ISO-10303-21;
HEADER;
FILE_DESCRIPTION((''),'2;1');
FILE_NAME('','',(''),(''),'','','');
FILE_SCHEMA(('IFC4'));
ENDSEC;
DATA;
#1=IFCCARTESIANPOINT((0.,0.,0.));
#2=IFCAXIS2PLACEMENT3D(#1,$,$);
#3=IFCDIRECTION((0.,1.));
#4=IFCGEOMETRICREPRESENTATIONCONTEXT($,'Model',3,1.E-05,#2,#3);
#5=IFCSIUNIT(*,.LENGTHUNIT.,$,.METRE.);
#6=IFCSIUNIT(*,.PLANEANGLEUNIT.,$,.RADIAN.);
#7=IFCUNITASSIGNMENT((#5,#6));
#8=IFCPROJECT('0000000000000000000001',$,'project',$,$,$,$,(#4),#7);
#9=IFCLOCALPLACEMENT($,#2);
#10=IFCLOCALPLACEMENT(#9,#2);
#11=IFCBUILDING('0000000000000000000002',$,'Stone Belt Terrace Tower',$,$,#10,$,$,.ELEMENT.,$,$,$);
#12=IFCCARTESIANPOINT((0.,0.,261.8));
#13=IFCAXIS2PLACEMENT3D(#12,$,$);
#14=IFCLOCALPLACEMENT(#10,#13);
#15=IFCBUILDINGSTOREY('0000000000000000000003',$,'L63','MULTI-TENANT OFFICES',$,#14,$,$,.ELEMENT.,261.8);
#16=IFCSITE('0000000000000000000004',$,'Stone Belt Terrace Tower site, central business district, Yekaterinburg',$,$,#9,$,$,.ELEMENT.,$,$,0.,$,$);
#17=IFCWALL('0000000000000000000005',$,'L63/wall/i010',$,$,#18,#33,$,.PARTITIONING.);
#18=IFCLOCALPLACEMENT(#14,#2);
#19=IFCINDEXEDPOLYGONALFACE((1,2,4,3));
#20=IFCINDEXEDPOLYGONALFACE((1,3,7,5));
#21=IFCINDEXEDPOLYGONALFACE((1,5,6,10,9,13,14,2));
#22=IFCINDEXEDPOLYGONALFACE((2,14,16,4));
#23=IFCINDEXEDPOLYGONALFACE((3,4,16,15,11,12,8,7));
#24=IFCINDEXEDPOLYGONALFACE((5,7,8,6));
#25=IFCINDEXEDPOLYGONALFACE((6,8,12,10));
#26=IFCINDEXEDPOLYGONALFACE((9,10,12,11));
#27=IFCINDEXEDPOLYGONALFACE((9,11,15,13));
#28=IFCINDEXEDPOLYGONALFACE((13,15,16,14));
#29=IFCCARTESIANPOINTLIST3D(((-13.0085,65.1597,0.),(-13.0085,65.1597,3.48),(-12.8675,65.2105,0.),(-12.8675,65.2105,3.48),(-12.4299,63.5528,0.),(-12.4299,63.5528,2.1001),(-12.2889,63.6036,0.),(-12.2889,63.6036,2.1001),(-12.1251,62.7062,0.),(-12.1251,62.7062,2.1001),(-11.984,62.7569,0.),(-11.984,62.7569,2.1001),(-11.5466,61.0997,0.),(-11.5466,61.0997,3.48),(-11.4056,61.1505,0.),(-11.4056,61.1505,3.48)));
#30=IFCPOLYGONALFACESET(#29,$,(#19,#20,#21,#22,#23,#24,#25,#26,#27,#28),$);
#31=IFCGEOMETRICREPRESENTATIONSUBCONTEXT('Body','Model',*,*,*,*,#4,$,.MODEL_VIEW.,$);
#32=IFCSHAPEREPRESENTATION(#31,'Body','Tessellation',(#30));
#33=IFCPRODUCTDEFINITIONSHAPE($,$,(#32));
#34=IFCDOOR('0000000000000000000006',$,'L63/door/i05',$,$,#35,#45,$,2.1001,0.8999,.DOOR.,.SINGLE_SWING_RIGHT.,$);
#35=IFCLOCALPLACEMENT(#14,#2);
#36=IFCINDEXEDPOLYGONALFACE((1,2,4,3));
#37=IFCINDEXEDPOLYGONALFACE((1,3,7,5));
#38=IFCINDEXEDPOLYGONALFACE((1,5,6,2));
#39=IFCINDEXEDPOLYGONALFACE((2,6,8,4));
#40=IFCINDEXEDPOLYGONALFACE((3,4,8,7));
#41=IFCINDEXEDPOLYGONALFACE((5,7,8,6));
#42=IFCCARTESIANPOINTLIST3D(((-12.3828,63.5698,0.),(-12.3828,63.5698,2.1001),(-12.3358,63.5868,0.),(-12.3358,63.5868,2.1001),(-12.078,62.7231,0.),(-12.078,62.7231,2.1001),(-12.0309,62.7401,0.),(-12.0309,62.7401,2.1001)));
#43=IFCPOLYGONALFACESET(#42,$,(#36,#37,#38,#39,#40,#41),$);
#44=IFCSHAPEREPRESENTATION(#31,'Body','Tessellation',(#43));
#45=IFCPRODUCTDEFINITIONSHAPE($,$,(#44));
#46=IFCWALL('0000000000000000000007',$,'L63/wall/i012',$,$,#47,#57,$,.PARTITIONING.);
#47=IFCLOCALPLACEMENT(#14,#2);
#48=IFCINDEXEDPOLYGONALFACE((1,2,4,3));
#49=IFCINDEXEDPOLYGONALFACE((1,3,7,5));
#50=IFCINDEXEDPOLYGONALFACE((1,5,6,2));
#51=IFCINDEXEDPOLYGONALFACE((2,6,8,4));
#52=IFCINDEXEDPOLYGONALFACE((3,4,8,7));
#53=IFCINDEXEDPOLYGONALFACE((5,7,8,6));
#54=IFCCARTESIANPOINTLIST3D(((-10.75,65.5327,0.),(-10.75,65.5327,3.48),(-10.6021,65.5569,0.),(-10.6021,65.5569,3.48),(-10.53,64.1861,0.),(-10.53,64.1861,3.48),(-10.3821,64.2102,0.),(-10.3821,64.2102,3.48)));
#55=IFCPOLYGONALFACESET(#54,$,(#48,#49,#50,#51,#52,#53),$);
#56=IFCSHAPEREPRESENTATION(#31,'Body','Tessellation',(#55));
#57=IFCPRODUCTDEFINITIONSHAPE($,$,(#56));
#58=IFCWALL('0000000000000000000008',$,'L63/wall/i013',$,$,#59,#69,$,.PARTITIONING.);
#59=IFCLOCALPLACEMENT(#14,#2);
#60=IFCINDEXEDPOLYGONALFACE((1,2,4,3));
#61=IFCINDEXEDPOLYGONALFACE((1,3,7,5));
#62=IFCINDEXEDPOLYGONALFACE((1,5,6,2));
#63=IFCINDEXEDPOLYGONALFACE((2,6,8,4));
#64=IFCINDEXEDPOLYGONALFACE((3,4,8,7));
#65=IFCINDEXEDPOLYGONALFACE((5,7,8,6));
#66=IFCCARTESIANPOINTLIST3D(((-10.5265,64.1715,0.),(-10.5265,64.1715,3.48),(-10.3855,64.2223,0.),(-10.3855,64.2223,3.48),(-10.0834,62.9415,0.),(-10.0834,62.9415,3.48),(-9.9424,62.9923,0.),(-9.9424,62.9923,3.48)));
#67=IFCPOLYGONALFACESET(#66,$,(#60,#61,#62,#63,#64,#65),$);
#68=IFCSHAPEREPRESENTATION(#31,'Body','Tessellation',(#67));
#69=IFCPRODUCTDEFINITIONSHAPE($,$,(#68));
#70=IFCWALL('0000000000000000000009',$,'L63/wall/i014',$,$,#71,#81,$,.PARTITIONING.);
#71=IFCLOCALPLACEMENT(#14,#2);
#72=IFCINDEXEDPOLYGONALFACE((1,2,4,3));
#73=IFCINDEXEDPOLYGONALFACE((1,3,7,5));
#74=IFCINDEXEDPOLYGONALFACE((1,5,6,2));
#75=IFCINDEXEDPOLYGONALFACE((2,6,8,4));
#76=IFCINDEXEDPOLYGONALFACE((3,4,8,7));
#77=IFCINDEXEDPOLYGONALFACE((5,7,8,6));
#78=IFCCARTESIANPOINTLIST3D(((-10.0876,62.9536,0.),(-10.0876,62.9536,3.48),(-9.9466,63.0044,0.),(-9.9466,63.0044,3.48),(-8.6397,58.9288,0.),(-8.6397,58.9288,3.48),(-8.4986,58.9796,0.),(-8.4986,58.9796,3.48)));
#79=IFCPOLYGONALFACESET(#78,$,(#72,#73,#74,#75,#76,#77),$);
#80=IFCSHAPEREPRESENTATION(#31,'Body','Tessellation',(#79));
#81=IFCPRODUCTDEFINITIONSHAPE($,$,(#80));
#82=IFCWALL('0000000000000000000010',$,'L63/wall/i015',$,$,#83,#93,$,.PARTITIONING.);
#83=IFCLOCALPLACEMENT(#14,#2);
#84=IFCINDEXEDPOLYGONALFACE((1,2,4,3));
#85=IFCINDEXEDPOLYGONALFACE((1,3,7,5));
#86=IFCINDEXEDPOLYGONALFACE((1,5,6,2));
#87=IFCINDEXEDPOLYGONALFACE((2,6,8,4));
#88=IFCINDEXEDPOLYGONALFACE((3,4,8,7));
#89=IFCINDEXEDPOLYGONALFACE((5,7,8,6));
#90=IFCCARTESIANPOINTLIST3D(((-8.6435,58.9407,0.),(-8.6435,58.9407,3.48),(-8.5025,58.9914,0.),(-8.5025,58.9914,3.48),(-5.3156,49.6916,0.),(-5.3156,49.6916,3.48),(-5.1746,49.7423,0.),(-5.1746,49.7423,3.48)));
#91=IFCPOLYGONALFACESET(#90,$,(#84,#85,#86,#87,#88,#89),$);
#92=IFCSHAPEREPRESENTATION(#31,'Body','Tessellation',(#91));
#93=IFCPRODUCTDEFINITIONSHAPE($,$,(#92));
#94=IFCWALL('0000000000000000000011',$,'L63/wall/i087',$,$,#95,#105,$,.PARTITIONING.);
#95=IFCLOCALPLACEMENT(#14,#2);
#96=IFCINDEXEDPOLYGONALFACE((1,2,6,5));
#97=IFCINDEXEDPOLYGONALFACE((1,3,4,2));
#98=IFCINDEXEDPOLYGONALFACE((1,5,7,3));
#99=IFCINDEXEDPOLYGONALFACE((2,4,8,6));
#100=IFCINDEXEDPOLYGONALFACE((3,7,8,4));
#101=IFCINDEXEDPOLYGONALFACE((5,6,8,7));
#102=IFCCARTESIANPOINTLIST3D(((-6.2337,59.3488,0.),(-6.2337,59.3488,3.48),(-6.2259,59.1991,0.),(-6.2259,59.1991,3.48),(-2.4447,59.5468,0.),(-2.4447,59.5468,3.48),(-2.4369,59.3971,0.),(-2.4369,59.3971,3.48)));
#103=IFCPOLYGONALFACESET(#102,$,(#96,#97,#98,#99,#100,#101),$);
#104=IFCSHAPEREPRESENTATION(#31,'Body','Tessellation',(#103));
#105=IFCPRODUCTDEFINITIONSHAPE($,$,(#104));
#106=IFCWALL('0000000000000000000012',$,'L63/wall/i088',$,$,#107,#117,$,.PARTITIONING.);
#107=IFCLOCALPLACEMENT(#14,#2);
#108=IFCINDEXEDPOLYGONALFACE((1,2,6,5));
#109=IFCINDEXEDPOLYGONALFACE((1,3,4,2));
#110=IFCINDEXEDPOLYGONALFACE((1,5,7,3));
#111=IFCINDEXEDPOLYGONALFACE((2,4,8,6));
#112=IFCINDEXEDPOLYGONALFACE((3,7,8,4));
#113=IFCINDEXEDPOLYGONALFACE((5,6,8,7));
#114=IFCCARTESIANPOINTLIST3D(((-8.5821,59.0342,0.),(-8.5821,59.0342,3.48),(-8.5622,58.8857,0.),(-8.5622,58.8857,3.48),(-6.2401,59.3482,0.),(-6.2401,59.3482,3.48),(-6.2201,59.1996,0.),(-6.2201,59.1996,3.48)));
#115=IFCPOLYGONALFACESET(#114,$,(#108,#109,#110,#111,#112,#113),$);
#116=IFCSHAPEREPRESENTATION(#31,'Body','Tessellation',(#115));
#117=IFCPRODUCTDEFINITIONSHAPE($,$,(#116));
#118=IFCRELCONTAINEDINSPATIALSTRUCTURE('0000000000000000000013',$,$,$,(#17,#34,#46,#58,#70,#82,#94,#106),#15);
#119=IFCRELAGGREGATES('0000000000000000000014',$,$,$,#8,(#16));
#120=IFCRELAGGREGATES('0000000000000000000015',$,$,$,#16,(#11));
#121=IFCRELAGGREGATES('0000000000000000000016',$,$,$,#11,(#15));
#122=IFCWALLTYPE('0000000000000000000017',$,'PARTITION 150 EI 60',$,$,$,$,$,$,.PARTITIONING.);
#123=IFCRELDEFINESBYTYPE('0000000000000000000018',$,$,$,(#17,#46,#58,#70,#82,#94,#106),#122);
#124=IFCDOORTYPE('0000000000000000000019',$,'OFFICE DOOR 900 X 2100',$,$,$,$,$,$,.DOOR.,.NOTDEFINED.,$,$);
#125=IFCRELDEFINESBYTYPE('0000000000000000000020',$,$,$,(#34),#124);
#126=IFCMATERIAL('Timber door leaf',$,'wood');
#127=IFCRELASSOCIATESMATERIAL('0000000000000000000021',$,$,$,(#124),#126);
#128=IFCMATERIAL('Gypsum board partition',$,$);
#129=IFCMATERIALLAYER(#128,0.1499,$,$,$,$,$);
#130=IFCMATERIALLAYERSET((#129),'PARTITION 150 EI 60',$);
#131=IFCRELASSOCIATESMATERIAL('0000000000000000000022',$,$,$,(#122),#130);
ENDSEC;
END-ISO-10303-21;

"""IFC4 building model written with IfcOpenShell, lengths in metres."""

from ifc_helpers import new_model, si_unit, direction, frame, frame_2d, origin, place, context, subcontext, project, spatial, rectangle, extrude, material, layer, layer_set, type_object, element, fill, save


model = new_model("IFC4")

# Units and contexts
model_context = context("Model", 3, precision=1e-05, world=origin(), true_north=direction((0.0, 1.0)))
body_context = subcontext(model_context, "Body", "Model", "MODEL_VIEW")
ifc_project = project(units=[si_unit("LENGTHUNIT", "METRE"), si_unit("PLANEANGLEUNIT", "RADIAN")], contexts=[model_context])

# Site, building, storey
site_placement = place(None, origin())
site = spatial("IfcSite", under=ifc_project, at=site_placement, Name="Stone Belt Terrace Tower site, central business district, Yekaterinburg", CompositionType="ELEMENT", RefElevation=0.0)
building_placement = place(site_placement, origin())
building = spatial("IfcBuilding", under=site, at=building_placement, Name="Stone Belt Terrace Tower", CompositionType="ELEMENT")
storey_placement = place(building_placement, frame((0.0, 0.0, 261.8)))
storey = spatial("IfcBuildingStorey", under=building, at=storey_placement, Name="L63", Description="MULTI-TENANT OFFICES", CompositionType="ELEMENT", Elevation=261.8)

# Shared definitions
ifc_material_1 = material(Name="Gypsum board partition")
ifc_material_2 = material(Name="Timber door leaf", Category="wood")
door_type = type_object("IfcDoorType", Name="OFFICE DOOR 900 X 2100", OperationType="NOTDEFINED", PredefinedType="DOOR", material=ifc_material_2)

# Wall, opening, door
ifc_layer_1 = layer(ifc_material_1, 0.1499)
ifc_layer_set_1 = layer_set([ifc_layer_1], Name="PARTITION 150 EI 60")
wall_type_1 = type_object("IfcWallType", Name="PARTITION 150 EI 60", PredefinedType="PARTITIONING", material=ifc_layer_set_1)
wall_1_placement = place(storey_placement, frame((-11.4761, 61.125, 0.0), z_axis=(0.0, 0.0, 1.0), x_axis=(-0.33878, 0.940866, 0.0)))
wall_1 = element("IfcWall", 1, at=wall_1_placement, inside=storey, type_object=wall_type_1, Name="L63/wall/i010", PredefinedType="PARTITIONING", context=body_context, shape_type="SweptSolid", body=[
    extrude(rectangle(XDim=4.3152, YDim=0.1499, at=frame_2d((2.1577, 0.0))), origin(), (0.0, 0.0, 1.0), 3.48),
])
opening_1_placement = place(wall_1_placement, frame((1.7075, 0.0, 0.0)))
opening_1 = element("IfcOpeningElement", 2, at=opening_1_placement, cuts=wall_1, PredefinedType="OPENING", context=body_context, shape_type="SweptSolid", body=[
    extrude(rectangle(XDim=0.8999, YDim=2.1001, at=frame_2d((0.45, 1.05))), frame((0.0, 0.085, 0.0), z_axis=(0.0, -1.0, 0.0), x_axis=(1.0, 0.0, 0.0)), (0.0, 0.0, 1.0), 0.1699),
])
door_1_placement = place(opening_1_placement, origin())
door_1 = element("IfcDoor", 3, at=door_1_placement, inside=storey, type_object=door_type, Name="L63/door/i05", OperationType="SINGLE_SWING_RIGHT", OverallHeight=2.1001, OverallWidth=0.8999, PredefinedType="DOOR", context=body_context, shape_type="SweptSolid", body=[
    extrude(rectangle(XDim=0.8999, YDim=2.1001, at=frame_2d((0.45, 1.05))), frame((0.0, 0.0249, 0.0), z_axis=(0.0, -1.0, 0.0), x_axis=(1.0, 0.0, 0.0)), (0.0, 0.0, 1.0), 0.05),
])
fill(opening_1, door_1)

# Walls
wall_2_placement = place(storey_placement, frame((-10.676, 65.5447, 0.0), z_axis=(0.0, 0.0, 1.0), x_axis=(0.161207, -0.986921, 0.0)))
element("IfcWall", 4, at=wall_2_placement, inside=storey, type_object=wall_type_1, Name="L63/wall/i012", PredefinedType="PARTITIONING", context=body_context, shape_type="SweptSolid", body=[
    extrude(rectangle(XDim=1.3645, YDim=0.1499, at=frame_2d((0.6821, 0.0))), origin(), (0.0, 0.0, 1.0), 3.48),
])
wall_3_placement = place(storey_placement, frame((-10.4561, 64.197, 0.0), z_axis=(0.0, 0.0, 1.0), x_axis=(0.338938, -0.940809, 0.0)))
element("IfcWall", 5, at=wall_3_placement, inside=storey, type_object=wall_type_1, Name="L63/wall/i013", PredefinedType="PARTITIONING", context=body_context, shape_type="SweptSolid", body=[
    extrude(rectangle(XDim=1.3074, YDim=0.1499, at=frame_2d((0.6538, 0.0))), origin(), (0.0, 0.0, 1.0), 3.48),
])
wall_4_placement = place(storey_placement, frame((-10.0171, 62.979, 0.0), z_axis=(0.0, 0.0, 1.0), x_axis=(0.338519, -0.940959, 0.0)))
element("IfcWall", 6, at=wall_4_placement, inside=storey, type_object=wall_type_1, Name="L63/wall/i014", PredefinedType="PARTITIONING", context=body_context, shape_type="SweptSolid", body=[
    extrude(rectangle(XDim=4.2773, YDim=0.1499, at=frame_2d((2.1387, 0.0))), origin(), (0.0, 0.0, 1.0), 3.48),
])
wall_5_placement = place(storey_placement, frame((-8.573, 58.9661, 0.0), z_axis=(0.0, 0.0, 1.0), x_axis=(0.33856, -0.940945, 0.0)))
element("IfcWall", 7, at=wall_5_placement, inside=storey, type_object=wall_type_1, Name="L63/wall/i015", PredefinedType="PARTITIONING", context=body_context, shape_type="SweptSolid", body=[
    extrude(rectangle(XDim=9.8296, YDim=0.1499, at=frame_2d((4.9148, 0.0))), origin(), (0.0, 0.0, 1.0), 3.48),
])
wall_6_placement = place(storey_placement, frame((-2.4409, 59.4719, 0.0), z_axis=(0.0, 0.0, 1.0), x_axis=(-0.998637, -0.052184, 0.0)))
element("IfcWall", 8, at=wall_6_placement, inside=storey, type_object=wall_type_1, Name="L63/wall/i087", PredefinedType="PARTITIONING", context=body_context, shape_type="SweptSolid", body=[
    extrude(rectangle(XDim=3.7942, YDim=0.1499, at=frame_2d((1.897, 0.0))), origin(), (0.0, 0.0, 1.0), 3.48),
])
wall_7_placement = place(storey_placement, frame((-6.23, 59.2739, 0.0), z_axis=(0.0, 0.0, 1.0), x_axis=(-0.991134, -0.132868, 0.0)))
element("IfcWall", 9, at=wall_7_placement, inside=storey, type_object=wall_type_1, Name="L63/wall/i088", PredefinedType="PARTITIONING", context=body_context, shape_type="SweptSolid", body=[
    extrude(rectangle(XDim=2.363, YDim=0.1499, at=frame_2d((1.1816, 0.0))), origin(), (0.0, 0.0, 1.0), 3.48),
])

save(model, "model.ifc")
